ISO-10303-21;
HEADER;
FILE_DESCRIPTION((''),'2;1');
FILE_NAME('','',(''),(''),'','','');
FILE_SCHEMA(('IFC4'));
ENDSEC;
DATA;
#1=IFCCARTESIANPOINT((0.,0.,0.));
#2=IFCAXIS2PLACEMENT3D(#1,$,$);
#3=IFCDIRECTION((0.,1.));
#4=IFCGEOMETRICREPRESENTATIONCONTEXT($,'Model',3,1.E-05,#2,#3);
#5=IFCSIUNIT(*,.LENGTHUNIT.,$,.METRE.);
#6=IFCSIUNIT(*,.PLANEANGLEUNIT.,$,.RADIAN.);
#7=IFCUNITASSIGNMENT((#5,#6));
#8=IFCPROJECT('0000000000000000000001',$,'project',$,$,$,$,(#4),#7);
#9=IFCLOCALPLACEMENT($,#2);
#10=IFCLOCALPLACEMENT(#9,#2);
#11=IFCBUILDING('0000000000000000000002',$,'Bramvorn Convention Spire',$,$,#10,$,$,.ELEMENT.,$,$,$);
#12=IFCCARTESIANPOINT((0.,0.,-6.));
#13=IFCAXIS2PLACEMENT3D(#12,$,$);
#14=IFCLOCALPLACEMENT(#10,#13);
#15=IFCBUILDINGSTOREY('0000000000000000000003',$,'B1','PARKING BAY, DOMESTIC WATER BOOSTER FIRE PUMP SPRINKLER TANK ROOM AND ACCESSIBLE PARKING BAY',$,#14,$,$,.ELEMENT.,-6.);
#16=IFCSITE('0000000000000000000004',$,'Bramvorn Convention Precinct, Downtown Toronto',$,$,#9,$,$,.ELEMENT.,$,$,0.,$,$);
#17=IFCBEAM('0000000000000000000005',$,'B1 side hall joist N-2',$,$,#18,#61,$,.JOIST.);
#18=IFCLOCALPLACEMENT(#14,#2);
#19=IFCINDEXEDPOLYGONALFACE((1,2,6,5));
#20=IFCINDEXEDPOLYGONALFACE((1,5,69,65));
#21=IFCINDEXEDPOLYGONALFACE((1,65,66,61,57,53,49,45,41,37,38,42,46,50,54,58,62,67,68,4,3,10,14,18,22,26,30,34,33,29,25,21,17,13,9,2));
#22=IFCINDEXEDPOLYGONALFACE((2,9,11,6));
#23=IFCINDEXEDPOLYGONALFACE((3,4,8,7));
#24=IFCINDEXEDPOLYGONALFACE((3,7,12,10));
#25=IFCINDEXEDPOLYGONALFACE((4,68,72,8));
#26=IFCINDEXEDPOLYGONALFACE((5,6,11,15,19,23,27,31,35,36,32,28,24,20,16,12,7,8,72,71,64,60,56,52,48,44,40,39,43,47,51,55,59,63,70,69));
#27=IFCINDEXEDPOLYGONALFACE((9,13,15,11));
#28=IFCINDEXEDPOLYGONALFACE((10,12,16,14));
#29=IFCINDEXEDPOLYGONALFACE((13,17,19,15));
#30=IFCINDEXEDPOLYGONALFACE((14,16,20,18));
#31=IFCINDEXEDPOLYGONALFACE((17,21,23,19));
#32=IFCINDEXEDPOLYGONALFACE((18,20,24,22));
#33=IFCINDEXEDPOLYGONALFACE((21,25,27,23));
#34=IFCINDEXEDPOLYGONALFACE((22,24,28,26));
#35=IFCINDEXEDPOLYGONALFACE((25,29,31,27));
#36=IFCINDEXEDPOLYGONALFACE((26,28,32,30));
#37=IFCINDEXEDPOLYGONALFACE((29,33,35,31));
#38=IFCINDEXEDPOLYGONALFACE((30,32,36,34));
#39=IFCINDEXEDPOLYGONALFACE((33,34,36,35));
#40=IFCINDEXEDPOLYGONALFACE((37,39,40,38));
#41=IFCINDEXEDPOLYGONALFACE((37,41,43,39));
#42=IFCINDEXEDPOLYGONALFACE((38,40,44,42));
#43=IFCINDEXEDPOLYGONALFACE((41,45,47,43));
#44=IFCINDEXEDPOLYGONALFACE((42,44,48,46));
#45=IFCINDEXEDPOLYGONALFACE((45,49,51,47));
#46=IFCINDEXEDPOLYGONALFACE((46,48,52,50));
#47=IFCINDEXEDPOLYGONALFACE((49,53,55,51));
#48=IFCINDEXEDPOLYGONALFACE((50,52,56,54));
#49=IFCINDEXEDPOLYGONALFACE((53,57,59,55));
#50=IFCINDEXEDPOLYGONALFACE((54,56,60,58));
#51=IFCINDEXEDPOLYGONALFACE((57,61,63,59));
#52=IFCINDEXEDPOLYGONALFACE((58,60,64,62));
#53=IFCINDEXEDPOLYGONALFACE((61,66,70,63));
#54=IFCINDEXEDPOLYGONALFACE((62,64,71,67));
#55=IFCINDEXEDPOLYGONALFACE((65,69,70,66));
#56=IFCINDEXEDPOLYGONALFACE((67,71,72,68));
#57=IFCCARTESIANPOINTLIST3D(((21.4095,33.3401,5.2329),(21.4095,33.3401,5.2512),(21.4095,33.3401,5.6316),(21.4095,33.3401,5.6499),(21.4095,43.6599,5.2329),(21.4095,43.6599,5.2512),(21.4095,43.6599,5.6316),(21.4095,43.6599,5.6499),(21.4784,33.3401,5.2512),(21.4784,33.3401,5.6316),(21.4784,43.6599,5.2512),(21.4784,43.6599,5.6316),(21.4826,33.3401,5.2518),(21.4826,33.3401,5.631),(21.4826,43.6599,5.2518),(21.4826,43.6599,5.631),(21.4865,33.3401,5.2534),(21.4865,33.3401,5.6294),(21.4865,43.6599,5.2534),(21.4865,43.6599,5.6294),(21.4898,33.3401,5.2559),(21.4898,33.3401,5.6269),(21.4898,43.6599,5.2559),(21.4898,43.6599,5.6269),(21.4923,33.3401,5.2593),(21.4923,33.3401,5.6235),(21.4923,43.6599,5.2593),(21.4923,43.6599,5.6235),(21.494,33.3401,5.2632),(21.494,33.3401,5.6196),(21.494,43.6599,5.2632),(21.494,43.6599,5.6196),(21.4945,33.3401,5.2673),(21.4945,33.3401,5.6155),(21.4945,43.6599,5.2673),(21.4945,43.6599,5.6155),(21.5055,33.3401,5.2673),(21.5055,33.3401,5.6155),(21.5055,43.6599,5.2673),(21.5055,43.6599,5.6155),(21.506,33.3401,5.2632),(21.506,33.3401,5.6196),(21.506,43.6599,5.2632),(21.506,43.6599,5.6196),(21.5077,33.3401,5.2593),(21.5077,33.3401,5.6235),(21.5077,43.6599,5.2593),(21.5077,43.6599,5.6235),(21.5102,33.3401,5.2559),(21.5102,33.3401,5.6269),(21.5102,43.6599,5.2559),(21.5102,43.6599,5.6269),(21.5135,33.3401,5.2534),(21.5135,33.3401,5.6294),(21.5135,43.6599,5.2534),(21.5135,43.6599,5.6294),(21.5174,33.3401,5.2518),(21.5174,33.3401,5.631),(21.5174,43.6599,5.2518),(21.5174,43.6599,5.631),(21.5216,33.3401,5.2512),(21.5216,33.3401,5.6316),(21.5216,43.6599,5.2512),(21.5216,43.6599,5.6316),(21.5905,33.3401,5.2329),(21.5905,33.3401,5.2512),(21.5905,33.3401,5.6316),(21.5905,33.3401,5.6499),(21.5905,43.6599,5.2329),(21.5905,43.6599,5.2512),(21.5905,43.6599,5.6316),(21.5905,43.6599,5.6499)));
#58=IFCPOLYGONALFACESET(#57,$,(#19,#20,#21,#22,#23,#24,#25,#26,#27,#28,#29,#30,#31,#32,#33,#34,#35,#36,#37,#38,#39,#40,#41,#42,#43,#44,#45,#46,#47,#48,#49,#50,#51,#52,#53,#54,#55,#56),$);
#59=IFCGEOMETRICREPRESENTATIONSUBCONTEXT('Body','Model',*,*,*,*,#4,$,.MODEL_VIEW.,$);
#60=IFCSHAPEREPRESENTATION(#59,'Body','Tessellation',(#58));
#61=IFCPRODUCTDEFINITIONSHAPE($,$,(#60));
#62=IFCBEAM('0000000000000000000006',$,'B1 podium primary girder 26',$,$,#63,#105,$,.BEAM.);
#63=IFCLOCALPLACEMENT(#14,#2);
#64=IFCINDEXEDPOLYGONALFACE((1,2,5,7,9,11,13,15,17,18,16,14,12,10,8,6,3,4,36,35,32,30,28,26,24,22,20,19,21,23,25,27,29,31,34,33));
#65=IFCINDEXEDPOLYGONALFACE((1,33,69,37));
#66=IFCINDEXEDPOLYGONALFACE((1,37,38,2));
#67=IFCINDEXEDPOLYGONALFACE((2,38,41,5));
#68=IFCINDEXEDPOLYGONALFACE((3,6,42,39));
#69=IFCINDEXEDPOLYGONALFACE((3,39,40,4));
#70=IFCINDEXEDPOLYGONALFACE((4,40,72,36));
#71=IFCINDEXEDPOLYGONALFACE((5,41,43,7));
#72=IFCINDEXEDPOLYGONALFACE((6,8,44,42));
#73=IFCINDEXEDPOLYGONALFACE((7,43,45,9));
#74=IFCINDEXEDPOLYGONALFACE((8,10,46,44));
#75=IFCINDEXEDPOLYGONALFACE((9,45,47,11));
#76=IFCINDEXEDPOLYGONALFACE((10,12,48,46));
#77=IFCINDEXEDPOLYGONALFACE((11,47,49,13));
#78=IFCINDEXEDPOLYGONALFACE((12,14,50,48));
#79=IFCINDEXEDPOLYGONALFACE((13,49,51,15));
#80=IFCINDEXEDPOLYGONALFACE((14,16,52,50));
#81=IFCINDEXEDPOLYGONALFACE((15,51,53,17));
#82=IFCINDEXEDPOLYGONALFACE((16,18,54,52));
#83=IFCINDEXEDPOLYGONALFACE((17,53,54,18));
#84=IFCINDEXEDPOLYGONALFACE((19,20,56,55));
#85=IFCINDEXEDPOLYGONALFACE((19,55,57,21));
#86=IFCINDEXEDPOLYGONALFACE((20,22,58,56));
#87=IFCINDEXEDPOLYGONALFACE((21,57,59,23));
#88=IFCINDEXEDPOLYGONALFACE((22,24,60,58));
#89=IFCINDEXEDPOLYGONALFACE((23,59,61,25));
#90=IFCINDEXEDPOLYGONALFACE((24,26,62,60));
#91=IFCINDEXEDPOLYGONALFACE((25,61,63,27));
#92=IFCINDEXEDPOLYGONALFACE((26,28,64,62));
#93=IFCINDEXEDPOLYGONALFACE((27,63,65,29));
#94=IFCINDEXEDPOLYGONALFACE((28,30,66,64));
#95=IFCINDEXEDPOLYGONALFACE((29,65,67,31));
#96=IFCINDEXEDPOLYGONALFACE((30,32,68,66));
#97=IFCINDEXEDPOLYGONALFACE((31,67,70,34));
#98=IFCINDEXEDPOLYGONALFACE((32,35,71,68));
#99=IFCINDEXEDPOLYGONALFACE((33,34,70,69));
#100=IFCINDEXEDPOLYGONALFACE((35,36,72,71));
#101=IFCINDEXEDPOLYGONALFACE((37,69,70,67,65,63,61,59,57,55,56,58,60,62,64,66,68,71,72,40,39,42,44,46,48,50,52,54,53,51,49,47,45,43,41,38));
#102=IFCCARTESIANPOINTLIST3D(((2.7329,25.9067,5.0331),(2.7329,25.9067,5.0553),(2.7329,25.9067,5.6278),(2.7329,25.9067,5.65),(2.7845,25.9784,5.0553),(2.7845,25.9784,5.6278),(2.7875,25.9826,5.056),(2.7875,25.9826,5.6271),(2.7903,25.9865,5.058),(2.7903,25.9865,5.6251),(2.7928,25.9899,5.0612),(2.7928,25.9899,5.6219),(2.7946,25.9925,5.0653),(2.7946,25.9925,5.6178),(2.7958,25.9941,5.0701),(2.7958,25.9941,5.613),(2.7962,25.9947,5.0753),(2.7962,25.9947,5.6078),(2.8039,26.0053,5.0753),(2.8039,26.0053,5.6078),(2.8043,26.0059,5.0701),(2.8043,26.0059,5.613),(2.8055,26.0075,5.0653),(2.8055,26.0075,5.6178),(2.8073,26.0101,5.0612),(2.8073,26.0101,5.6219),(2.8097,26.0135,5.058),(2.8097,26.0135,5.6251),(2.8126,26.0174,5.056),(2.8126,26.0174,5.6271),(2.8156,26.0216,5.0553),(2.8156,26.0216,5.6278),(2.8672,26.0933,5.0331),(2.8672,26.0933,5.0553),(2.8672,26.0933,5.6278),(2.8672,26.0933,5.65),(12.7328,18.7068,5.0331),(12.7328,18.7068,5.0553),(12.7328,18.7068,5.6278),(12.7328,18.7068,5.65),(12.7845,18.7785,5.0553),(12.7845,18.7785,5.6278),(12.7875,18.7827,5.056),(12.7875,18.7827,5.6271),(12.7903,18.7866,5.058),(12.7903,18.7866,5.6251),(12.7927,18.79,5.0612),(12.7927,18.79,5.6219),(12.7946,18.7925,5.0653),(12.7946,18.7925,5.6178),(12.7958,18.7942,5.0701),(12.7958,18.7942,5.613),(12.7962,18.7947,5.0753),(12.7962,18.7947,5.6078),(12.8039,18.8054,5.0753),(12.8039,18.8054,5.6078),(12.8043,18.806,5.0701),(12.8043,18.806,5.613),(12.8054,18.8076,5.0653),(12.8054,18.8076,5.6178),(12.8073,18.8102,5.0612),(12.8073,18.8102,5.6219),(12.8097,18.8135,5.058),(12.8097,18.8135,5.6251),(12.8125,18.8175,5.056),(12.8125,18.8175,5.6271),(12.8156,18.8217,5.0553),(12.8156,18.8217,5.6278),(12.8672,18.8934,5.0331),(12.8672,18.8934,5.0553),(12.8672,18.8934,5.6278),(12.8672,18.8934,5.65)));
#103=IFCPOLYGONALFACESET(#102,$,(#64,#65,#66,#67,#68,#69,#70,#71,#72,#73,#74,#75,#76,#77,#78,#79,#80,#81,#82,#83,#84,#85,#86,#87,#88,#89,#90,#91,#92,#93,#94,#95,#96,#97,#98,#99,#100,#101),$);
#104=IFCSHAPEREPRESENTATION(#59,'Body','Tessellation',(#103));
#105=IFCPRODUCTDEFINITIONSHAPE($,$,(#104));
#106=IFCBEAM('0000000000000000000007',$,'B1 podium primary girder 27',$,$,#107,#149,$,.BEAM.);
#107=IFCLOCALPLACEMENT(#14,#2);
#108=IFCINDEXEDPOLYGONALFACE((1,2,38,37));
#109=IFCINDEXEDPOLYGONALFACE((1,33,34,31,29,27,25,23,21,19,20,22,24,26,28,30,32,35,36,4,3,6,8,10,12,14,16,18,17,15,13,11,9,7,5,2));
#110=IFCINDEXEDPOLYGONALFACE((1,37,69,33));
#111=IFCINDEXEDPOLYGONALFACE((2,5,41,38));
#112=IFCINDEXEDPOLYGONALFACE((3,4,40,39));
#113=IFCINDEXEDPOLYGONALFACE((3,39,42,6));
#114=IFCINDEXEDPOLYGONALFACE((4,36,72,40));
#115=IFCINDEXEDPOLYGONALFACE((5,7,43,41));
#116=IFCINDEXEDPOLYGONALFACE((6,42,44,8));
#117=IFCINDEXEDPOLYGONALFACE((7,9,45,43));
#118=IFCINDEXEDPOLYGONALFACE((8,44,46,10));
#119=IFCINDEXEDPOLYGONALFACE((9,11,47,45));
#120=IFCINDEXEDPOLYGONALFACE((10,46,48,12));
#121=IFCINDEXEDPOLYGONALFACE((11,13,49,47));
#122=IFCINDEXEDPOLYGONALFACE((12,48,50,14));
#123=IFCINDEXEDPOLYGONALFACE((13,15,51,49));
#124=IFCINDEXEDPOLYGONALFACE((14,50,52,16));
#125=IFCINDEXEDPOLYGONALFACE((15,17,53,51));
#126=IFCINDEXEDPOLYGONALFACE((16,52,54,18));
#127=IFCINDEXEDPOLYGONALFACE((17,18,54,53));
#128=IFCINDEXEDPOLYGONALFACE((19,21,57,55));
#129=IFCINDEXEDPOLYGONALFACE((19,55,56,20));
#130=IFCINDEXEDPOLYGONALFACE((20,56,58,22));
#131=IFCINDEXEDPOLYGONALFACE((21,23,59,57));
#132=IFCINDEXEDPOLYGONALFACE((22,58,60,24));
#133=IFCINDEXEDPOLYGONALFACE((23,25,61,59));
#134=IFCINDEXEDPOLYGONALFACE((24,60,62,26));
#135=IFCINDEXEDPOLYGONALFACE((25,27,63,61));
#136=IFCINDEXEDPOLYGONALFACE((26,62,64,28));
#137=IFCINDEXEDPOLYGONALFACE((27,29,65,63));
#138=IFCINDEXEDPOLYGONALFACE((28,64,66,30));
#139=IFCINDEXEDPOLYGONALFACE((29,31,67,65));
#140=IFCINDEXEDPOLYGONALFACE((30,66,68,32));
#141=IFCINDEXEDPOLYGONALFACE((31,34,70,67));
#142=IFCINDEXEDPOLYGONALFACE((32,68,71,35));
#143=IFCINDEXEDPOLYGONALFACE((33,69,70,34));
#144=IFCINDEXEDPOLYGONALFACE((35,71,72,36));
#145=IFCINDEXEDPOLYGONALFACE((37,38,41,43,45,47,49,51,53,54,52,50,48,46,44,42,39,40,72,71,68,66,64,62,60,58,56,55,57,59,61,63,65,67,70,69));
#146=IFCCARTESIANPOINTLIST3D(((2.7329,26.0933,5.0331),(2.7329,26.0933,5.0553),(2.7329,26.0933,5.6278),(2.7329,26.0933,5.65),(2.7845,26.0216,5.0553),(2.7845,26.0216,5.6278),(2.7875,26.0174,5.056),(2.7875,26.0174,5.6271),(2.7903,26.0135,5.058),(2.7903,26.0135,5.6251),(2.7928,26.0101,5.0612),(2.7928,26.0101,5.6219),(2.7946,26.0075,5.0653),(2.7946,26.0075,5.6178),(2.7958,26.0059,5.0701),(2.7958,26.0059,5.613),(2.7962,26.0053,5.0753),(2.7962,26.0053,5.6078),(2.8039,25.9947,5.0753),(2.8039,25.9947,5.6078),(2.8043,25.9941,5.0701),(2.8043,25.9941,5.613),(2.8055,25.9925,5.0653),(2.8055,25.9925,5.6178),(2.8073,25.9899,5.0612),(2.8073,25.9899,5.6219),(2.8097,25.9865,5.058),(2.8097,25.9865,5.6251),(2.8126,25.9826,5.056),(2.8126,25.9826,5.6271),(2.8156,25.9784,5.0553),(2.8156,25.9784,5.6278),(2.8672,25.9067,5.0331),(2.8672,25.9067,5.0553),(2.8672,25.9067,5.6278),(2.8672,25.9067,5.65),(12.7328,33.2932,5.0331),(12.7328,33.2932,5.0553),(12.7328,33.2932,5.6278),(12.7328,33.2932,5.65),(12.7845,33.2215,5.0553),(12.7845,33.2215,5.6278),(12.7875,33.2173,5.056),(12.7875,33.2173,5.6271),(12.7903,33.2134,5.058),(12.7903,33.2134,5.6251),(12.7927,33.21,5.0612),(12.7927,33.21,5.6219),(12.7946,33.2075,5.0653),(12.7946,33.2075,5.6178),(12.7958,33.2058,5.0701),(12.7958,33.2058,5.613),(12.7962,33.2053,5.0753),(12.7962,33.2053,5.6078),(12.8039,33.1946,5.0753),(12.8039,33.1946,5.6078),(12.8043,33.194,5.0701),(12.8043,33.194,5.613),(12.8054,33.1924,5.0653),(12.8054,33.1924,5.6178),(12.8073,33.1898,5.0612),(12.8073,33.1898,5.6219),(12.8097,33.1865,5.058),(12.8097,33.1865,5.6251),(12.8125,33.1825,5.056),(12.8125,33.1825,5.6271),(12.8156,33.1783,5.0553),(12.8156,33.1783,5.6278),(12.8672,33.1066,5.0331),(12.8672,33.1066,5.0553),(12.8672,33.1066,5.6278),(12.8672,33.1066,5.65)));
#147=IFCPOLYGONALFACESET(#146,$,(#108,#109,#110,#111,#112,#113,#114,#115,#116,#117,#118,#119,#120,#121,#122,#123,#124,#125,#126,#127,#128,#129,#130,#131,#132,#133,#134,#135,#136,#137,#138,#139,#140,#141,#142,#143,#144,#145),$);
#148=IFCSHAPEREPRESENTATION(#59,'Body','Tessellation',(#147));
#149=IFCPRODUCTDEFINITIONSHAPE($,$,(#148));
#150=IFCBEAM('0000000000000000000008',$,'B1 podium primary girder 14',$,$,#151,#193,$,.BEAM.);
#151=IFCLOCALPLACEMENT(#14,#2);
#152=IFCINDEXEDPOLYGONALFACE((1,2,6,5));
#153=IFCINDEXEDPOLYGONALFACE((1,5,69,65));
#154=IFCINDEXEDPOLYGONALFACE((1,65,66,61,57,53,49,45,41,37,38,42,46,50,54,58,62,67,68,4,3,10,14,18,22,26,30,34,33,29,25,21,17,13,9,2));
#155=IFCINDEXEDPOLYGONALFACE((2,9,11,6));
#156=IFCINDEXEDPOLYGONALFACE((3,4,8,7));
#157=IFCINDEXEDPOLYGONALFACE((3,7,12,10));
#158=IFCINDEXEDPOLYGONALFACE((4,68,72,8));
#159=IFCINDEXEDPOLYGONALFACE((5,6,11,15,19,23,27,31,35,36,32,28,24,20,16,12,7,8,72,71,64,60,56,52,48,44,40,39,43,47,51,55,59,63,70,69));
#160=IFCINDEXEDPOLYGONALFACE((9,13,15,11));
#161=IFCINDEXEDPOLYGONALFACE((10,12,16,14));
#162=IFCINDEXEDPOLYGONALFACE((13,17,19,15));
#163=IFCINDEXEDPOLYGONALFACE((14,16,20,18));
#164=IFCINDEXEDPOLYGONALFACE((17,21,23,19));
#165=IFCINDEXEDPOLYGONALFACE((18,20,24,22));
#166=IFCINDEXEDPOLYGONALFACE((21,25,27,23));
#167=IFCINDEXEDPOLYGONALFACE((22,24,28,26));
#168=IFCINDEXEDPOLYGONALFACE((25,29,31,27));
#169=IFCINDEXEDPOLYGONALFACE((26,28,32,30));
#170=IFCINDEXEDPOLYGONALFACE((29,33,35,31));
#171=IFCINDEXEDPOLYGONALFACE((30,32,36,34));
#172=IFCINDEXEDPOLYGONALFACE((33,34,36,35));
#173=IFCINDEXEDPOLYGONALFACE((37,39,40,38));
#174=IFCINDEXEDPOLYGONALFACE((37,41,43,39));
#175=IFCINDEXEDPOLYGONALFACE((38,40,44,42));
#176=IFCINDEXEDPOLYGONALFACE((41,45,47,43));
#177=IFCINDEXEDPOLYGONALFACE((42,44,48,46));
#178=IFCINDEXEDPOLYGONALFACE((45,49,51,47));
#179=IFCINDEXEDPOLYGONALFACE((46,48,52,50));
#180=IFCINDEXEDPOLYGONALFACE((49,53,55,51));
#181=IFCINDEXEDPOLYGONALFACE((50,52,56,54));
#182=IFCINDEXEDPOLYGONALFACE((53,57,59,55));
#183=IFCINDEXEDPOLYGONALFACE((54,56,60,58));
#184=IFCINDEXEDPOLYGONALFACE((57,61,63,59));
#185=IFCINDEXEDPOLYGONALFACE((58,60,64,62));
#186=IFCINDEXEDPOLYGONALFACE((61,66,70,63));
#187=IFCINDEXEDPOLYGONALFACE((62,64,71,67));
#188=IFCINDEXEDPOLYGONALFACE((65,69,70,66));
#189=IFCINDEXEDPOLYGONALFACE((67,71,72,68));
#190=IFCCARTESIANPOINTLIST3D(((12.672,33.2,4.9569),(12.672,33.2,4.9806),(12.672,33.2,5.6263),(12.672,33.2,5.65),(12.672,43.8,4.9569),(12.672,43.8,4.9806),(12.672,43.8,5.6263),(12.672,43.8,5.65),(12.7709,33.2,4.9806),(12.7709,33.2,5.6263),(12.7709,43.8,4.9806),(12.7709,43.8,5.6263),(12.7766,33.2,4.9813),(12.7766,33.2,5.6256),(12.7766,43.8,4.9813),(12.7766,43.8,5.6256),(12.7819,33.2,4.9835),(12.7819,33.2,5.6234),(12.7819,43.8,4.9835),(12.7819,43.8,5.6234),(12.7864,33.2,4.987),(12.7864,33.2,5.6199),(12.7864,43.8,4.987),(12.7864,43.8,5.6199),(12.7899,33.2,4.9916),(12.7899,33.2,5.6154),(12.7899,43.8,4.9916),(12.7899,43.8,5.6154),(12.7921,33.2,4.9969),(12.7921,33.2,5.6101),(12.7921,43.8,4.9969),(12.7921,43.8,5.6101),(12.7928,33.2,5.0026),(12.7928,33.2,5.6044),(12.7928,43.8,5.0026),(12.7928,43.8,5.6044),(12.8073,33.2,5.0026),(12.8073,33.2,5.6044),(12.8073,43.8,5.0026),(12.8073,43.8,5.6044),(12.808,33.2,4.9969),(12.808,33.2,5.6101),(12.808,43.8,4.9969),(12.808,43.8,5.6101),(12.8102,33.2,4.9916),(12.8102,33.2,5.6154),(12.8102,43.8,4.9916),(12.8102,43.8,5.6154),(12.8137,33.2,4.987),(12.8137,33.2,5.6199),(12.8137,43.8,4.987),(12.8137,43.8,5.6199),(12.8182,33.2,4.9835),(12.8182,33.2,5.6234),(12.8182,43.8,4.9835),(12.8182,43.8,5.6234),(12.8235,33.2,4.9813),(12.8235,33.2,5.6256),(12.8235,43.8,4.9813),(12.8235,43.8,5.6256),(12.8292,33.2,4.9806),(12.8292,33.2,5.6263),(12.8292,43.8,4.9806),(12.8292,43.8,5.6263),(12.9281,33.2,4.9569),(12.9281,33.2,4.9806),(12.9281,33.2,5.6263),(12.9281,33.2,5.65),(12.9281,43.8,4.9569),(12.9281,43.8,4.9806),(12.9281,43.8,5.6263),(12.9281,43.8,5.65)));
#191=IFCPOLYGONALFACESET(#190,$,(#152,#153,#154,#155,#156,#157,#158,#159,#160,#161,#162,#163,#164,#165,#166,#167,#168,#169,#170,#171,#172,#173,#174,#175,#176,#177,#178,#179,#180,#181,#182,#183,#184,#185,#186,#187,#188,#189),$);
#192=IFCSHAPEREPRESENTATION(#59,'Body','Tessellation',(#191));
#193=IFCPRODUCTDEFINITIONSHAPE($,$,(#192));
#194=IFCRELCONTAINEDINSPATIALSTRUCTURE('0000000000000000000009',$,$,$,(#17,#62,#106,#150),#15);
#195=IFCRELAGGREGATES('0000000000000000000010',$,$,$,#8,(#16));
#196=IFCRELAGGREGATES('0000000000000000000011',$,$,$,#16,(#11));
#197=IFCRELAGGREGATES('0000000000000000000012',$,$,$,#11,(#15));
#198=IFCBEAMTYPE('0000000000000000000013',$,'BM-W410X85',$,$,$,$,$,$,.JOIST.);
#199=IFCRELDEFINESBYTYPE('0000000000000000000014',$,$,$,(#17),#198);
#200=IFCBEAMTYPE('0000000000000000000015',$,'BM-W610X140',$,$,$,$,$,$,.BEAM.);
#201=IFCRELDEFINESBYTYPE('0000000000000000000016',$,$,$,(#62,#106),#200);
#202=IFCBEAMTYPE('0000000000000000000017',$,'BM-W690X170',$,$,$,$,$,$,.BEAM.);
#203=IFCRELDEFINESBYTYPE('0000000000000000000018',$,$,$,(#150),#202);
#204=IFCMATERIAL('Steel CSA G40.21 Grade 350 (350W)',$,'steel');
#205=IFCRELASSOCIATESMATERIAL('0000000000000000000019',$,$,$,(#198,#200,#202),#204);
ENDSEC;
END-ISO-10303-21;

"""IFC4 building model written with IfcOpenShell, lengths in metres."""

from ifc_helpers import new_model, si_unit, direction, frame, origin, origin_2d, place, context, subcontext, project, spatial, i_section, extrude, material, material_profile, profile_set, type_object, element, save


model = new_model("IFC4")

# Units and contexts
model_context = context("Model", 3, precision=1e-05, world=origin(), true_north=direction((0.0, 1.0)))
body_context = subcontext(model_context, "Body", "Model", "MODEL_VIEW")
ifc_project = project(units=[si_unit("LENGTHUNIT", "METRE"), si_unit("PLANEANGLEUNIT", "RADIAN")], contexts=[model_context])

# Site, building, storey
site_placement = place(None, origin())
site = spatial("IfcSite", under=ifc_project, at=site_placement, Name="Bramvorn Convention Precinct, Downtown Toronto", CompositionType="ELEMENT", RefElevation=0.0)
building_placement = place(site_placement, origin())
building = spatial("IfcBuilding", under=site, at=building_placement, Name="Bramvorn Convention Spire", CompositionType="ELEMENT")
storey_placement = place(building_placement, frame((0.0, 0.0, -6.0)))
storey = spatial("IfcBuildingStorey", under=building, at=storey_placement, Name="B1", Description="PARKING BAY, DOMESTIC WATER BOOSTER FIRE PUMP SPRINKLER TANK ROOM AND ACCESSIBLE PARKING BAY", CompositionType="ELEMENT", Elevation=-6.0)

# Shared definitions
ifc_material_1 = material(Name="Steel CSA G40.21 Grade 350 (350W)", Category="steel")

# Beams
ifc_material_profile_1 = material_profile(ifc_material_1, i_section(OverallWidth=0.1809, OverallDepth=0.417, WebThickness=0.011, FlangeThickness=0.0183, FilletRadius=0.0161, at=origin_2d()))
ifc_profile_set_1 = profile_set([ifc_material_profile_1], Name="Steel CSA G40.21 Grade 350 (350W) - W410X85")
beam_type_1 = type_object("IfcBeamType", Name="BM-W410X85", PredefinedType="JOIST", material=ifc_profile_set_1)
for number, where, z_axis, x_axis, name in (
    (1, (21.5, 33.3401, 5.4414), (0.0, 1.0, 0.0), (-1.0, 0.0, 0.0), "B1 side hall joist N-2"),
):
    element("IfcBeam", number, at=place(storey_placement, frame(where, z_axis=z_axis, x_axis=x_axis)), inside=storey, type_object=beam_type_1, Name=name, PredefinedType="JOIST", context=body_context, shape_type="SweptSolid", body=[
        extrude(i_section(OverallWidth=0.1809, OverallDepth=0.417, WebThickness=0.011, FlangeThickness=0.0183, FilletRadius=0.0161, at=origin_2d()), origin(), (0.0, 0.0, 1.0), 10.3198),
    ])
ifc_material_profile_2 = material_profile(ifc_material_1, i_section(OverallWidth=0.23, OverallDepth=0.6169, WebThickness=0.0132, FlangeThickness=0.0222, FilletRadius=0.02, at=origin_2d()))
ifc_profile_set_2 = profile_set([ifc_material_profile_2], Name="Steel CSA G40.21 Grade 350 (350W) - W610X140")
beam_type_2 = type_object("IfcBeamType", Name="BM-W610X140", PredefinedType="BEAM", material=ifc_profile_set_2)
for number, where, z_axis, x_axis, name in (
    (2, (2.8, 26.0, 5.3416), (0.811536, -0.584302, 0.0), (0.584302, 0.811536, 0.0), "B1 podium primary girder 26"),
    (3, (2.8, 26.0, 5.3416), (0.811536, 0.584302, 0.0), (-0.584302, 0.811536, 0.0), "B1 podium primary girder 27"),
):
    element("IfcBeam", number, at=place(storey_placement, frame(where, z_axis=z_axis, x_axis=x_axis)), inside=storey, type_object=beam_type_2, Name=name, PredefinedType="BEAM", context=body_context, shape_type="SweptSolid", body=[
        extrude(i_section(OverallWidth=0.23, OverallDepth=0.6169, WebThickness=0.0132, FlangeThickness=0.0222, FilletRadius=0.02, at=origin_2d()), origin(), (0.0, 0.0, 1.0), 12.3223),
    ])
ifc_material_profile_3 = material_profile(ifc_material_1, i_section(OverallWidth=0.2561, OverallDepth=0.6931, WebThickness=0.0144, FlangeThickness=0.0237, FilletRadius=0.022, at=origin_2d()))
ifc_profile_set_3 = profile_set([ifc_material_profile_3], Name="Steel CSA G40.21 Grade 350 (350W) - W690X170")
beam_type_3 = type_object("IfcBeamType", Name="BM-W690X170", PredefinedType="BEAM", material=ifc_profile_set_3)
beam_1_placement = place(storey_placement, frame((12.8, 33.2, 5.3035), z_axis=(0.0, 1.0, 0.0), x_axis=(-1.0, 0.0, 0.0)))
element("IfcBeam", 4, at=beam_1_placement, inside=storey, type_object=beam_type_3, Name="B1 podium primary girder 14", PredefinedType="BEAM", context=body_context, shape_type="SweptSolid", body=[
    extrude(i_section(OverallWidth=0.2561, OverallDepth=0.6931, WebThickness=0.0144, FlangeThickness=0.0237, FilletRadius=0.022, at=origin_2d()), origin(), (0.0, 0.0, 1.0), 10.6001),
])

save(model, "model.ifc")
